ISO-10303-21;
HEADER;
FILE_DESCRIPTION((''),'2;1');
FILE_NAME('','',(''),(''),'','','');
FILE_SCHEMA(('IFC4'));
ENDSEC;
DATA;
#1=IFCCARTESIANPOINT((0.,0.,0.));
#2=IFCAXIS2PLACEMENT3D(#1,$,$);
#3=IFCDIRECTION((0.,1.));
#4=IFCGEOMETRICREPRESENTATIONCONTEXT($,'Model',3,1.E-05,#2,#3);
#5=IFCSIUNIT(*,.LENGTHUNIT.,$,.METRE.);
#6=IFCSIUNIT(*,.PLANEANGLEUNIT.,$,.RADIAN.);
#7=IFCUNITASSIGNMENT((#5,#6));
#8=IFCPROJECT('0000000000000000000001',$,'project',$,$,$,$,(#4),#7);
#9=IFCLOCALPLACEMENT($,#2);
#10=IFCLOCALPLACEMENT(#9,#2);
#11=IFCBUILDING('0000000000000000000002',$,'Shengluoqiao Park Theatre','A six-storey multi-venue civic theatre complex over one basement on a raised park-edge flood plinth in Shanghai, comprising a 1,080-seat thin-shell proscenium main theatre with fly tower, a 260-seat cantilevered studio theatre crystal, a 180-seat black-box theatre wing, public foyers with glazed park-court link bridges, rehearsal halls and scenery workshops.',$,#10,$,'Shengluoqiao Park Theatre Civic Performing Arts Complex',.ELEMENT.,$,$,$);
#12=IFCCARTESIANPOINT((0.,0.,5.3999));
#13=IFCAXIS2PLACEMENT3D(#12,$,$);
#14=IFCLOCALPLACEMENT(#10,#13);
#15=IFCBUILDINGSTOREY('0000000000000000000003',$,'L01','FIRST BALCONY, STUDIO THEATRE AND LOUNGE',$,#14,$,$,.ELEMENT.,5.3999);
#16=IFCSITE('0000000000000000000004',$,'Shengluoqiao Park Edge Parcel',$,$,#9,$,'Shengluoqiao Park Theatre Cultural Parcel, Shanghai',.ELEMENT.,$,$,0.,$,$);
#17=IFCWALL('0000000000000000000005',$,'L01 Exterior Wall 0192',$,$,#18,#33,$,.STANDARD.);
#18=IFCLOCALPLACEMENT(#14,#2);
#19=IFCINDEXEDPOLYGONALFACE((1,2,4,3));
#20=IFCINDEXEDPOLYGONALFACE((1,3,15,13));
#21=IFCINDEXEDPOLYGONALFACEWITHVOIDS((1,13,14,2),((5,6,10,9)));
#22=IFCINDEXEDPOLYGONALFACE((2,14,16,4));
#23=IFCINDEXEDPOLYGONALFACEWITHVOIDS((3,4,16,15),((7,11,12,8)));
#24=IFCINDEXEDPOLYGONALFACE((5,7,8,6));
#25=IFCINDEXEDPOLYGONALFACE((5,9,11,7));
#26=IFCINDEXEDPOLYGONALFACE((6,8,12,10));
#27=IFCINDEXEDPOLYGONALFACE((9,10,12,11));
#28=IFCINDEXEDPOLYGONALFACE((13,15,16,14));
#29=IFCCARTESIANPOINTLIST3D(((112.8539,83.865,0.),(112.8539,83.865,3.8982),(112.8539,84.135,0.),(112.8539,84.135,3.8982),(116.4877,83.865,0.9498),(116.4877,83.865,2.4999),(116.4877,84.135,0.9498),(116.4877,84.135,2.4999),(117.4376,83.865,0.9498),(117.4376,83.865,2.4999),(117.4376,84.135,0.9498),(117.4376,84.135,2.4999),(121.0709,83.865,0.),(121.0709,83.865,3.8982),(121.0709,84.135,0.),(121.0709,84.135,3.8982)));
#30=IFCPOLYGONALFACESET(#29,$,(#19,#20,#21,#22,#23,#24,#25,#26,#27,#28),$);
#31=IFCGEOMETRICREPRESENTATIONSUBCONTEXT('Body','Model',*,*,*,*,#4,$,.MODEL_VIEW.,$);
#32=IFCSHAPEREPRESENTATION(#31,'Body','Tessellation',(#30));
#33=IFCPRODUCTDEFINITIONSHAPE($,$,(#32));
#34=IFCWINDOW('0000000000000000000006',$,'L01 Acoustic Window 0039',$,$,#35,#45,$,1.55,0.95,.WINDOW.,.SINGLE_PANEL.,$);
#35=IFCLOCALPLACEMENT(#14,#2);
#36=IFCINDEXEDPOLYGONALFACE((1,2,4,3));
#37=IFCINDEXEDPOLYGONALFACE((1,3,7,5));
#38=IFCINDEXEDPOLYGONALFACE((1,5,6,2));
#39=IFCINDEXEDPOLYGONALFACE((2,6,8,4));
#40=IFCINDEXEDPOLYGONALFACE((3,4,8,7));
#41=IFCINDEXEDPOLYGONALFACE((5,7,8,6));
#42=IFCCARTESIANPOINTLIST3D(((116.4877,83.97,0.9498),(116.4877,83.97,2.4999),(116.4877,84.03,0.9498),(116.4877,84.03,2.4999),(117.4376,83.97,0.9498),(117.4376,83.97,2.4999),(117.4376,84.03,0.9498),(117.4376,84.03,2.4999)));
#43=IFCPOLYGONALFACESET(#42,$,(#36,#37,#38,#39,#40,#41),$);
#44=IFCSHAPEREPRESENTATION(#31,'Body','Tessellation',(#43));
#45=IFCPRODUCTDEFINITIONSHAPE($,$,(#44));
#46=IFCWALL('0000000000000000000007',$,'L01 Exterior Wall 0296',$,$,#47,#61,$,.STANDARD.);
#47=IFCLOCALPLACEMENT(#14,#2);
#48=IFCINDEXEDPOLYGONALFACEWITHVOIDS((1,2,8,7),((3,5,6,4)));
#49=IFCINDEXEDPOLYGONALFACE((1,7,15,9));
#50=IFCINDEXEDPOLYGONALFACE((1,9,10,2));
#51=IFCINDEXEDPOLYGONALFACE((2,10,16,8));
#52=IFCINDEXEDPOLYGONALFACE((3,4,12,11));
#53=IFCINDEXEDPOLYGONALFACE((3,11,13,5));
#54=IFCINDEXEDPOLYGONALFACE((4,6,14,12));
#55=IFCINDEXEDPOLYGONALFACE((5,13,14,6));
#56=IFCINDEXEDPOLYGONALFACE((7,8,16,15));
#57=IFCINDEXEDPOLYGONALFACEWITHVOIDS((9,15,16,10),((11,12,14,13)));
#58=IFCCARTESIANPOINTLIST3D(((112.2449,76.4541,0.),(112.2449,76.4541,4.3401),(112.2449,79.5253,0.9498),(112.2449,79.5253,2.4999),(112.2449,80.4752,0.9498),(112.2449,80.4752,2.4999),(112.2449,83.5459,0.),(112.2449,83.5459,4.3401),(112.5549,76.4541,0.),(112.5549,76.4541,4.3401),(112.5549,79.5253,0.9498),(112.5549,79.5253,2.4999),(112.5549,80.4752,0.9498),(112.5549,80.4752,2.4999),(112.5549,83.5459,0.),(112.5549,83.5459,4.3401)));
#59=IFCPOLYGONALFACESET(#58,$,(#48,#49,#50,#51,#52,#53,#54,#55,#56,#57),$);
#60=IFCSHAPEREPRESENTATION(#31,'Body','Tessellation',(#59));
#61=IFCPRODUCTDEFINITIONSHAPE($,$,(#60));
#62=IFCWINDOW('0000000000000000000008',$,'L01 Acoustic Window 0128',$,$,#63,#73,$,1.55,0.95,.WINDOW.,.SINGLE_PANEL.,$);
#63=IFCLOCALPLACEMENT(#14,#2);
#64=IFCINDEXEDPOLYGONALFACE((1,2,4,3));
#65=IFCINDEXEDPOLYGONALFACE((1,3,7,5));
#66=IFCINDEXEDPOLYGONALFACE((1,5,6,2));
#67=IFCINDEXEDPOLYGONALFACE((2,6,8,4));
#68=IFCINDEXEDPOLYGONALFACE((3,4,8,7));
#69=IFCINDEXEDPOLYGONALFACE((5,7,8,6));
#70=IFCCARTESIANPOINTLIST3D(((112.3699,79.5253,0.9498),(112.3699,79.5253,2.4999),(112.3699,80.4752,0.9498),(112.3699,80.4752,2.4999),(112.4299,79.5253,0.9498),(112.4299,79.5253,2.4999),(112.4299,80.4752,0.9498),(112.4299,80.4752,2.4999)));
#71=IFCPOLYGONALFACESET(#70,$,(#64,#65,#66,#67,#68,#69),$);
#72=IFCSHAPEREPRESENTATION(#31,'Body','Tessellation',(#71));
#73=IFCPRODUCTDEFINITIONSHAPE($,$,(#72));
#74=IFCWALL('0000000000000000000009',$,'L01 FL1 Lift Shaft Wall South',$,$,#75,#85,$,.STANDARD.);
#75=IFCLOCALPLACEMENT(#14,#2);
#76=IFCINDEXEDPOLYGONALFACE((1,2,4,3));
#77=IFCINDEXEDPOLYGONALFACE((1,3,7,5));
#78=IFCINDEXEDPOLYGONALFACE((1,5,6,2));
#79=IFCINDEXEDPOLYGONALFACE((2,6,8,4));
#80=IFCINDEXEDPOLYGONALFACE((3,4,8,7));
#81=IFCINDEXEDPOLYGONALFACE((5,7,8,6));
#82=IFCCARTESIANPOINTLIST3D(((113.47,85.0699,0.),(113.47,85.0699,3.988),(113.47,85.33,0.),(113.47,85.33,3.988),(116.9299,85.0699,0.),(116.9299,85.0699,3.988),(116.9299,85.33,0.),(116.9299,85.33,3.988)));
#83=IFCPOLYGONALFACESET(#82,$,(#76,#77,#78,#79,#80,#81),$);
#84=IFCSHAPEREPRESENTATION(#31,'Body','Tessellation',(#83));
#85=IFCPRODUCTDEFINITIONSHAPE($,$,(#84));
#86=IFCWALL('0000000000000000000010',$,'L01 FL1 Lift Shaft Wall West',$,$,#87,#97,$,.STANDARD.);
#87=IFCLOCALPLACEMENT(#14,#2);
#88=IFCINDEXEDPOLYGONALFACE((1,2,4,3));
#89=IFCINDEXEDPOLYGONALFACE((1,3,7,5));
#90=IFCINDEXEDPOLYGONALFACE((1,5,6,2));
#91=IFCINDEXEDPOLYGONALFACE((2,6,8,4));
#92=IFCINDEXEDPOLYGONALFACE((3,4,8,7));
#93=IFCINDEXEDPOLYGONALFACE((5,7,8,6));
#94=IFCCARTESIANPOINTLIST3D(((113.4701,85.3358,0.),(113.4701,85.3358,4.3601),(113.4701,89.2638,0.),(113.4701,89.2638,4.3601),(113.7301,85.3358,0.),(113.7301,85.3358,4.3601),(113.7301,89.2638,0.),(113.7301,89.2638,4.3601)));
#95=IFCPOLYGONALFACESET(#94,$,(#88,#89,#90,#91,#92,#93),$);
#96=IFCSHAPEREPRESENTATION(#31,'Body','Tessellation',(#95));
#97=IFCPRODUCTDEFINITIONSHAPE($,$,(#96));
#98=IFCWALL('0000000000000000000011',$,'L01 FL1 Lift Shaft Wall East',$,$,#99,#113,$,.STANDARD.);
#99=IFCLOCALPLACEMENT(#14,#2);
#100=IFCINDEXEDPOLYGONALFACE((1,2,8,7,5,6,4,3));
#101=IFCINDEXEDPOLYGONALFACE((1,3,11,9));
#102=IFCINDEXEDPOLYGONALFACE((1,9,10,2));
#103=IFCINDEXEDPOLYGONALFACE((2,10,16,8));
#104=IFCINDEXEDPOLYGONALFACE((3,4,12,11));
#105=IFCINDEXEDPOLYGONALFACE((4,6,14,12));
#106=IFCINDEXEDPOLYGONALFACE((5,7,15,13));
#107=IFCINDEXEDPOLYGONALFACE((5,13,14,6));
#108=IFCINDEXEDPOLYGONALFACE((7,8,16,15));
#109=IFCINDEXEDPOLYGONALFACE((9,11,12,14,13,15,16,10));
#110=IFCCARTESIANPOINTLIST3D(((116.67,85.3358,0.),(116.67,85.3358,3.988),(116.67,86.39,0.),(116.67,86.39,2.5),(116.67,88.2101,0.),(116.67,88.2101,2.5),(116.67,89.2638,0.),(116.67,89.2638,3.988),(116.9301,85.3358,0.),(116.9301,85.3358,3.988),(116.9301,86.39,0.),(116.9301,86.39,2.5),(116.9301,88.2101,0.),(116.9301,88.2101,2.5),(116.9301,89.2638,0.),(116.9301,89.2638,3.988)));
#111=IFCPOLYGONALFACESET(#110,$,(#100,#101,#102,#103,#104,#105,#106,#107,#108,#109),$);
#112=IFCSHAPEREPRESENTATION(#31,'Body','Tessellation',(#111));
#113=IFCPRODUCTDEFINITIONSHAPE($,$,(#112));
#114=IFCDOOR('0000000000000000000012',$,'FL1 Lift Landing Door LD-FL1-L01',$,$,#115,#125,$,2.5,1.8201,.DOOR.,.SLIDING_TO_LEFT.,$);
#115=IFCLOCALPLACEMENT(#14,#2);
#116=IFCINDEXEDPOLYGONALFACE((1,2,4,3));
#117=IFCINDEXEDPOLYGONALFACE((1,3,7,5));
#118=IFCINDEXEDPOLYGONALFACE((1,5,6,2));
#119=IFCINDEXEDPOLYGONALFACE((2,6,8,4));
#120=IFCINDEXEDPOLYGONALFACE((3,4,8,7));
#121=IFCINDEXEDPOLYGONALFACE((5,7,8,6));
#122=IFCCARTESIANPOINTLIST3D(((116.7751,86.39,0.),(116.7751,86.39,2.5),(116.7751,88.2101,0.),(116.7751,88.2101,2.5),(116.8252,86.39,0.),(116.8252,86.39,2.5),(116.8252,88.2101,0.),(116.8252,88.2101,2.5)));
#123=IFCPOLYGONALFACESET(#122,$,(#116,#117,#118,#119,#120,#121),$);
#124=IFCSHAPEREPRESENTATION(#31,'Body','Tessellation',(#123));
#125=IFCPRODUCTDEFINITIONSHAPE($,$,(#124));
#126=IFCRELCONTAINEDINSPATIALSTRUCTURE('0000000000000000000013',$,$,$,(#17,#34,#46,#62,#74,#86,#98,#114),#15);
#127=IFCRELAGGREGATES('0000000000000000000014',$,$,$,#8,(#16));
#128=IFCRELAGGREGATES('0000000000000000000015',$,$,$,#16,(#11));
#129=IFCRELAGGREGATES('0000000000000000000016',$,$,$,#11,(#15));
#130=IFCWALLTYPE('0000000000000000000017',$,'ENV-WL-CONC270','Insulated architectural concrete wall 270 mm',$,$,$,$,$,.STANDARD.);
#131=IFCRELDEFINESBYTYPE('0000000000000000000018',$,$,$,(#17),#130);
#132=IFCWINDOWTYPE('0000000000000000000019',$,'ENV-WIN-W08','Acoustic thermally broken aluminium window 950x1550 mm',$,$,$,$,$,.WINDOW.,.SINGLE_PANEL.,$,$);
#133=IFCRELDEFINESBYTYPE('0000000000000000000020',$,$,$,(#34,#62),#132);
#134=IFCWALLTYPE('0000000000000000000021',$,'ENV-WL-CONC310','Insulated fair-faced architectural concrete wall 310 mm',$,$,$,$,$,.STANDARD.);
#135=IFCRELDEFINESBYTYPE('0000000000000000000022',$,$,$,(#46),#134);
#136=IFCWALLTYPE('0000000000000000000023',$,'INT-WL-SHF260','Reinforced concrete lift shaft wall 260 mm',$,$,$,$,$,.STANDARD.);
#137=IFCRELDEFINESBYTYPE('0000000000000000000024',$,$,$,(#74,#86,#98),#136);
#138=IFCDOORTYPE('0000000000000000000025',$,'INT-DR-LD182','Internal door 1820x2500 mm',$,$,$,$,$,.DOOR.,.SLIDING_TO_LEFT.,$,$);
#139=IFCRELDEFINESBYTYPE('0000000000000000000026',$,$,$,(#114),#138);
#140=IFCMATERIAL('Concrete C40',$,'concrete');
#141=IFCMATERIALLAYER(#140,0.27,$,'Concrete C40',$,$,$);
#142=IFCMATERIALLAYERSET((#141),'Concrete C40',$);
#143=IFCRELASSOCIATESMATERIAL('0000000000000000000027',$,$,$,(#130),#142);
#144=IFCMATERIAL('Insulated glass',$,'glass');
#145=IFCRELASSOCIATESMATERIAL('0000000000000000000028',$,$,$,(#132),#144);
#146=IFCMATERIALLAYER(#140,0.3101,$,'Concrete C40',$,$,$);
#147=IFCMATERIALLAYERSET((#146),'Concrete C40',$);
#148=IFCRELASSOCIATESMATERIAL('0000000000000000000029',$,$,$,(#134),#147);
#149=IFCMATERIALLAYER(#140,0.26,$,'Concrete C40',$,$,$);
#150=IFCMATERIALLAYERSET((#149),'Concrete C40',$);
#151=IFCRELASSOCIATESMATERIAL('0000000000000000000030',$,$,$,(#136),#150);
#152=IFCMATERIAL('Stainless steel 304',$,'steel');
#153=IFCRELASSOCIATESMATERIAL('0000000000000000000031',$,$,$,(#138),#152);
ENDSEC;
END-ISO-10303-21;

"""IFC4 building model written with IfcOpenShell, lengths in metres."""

from ifc_helpers import new_model, si_unit, direction, frame, frame_2d, origin, place, context, subcontext, project, spatial, rectangle, extrude, material, layer, layer_set, type_object, element, fill, save


model = new_model("IFC4")

# Units and contexts
model_context = context("Model", 3, precision=1e-05, world=origin(), true_north=direction((0.0, 1.0)))
body_context = subcontext(model_context, "Body", "Model", "MODEL_VIEW")
ifc_project = project(units=[si_unit("LENGTHUNIT", "METRE"), si_unit("PLANEANGLEUNIT", "RADIAN")], contexts=[model_context])

# Site, building, storey
site_placement = place(None, origin())
site = spatial("IfcSite", under=ifc_project, at=site_placement, Name="Shengluoqiao Park Edge Parcel", LongName="Shengluoqiao Park Theatre Cultural Parcel, Shanghai", CompositionType="ELEMENT", RefElevation=0.0)
building_placement = place(site_placement, origin())
building = spatial("IfcBuilding", under=site, at=building_placement, Name="Shengluoqiao Park Theatre", Description="A six-storey multi-venue civic theatre complex over one basement on a raised park-edge flood plinth in Shanghai, comprising a 1,080-seat thin-shell proscenium main theatre with fly tower, a 260-seat cantilevered studio theatre crystal, a 180-seat black-box theatre wing, public foyers with glazed park-court link bridges, rehearsal halls and scenery workshops.", LongName="Shengluoqiao Park Theatre Civic Performing Arts Complex", CompositionType="ELEMENT")
storey_placement = place(building_placement, frame((0.0, 0.0, 5.3999)))
storey = spatial("IfcBuildingStorey", under=building, at=storey_placement, Name="L01", Description="FIRST BALCONY, STUDIO THEATRE AND LOUNGE", CompositionType="ELEMENT", Elevation=5.3999)

# Shared definitions
ifc_material_1 = material(Name="Insulated glass", Category="glass")

# Walls, openings, windows
ifc_material_2 = material(Name="Concrete C40", Category="concrete")
ifc_layer_1 = layer(ifc_material_2, 0.27, Name="Concrete C40")
ifc_layer_set_1 = layer_set([ifc_layer_1], Name="Concrete C40")
wall_type_1 = type_object("IfcWallType", Name="ENV-WL-CONC270", Description="Insulated architectural concrete wall 270 mm", PredefinedType="STANDARD", material=ifc_layer_set_1)
wall_1_placement = place(storey_placement, frame((112.854, 84.0, 0.0), z_axis=(0.0, 0.0, 1.0), x_axis=(1.0, 0.0, 0.0)))
wall_1 = element("IfcWall", 1, at=wall_1_placement, inside=storey, type_object=wall_type_1, Name="L01 Exterior Wall 0192", PredefinedType="STANDARD", context=body_context, shape_type="SweptSolid", body=[
    extrude(rectangle(XDim=8.217, YDim=0.27, at=frame_2d((4.1084, 0.0))), origin(), (0.0, 0.0, 1.0), 3.8982),
])
opening_1_placement = place(wall_1_placement, frame((3.6335, 0.0, 0.95)))
opening_1 = element("IfcOpeningElement", 2, at=opening_1_placement, cuts=wall_1, PredefinedType="OPENING", context=body_context, shape_type="SweptSolid", body=[
    extrude(rectangle(XDim=0.95, YDim=1.55, at=frame_2d((0.4751, 0.7749))), frame((0.0, 0.145, 0.0), z_axis=(0.0, -1.0, 0.0), x_axis=(1.0, 0.0, 0.0)), (0.0, 0.0, 1.0), 0.29),
])
window_type = type_object("IfcWindowType", Name="ENV-WIN-W08", Description="Acoustic thermally broken aluminium window 950x1550 mm", PartitioningType="SINGLE_PANEL", PredefinedType="WINDOW", material=ifc_material_1)
window_1_placement = place(opening_1_placement, origin())
window_1 = element("IfcWindow", 3, at=window_1_placement, inside=storey, type_object=window_type, Name="L01 Acoustic Window 0039", OverallHeight=1.55, OverallWidth=0.95, PartitioningType="SINGLE_PANEL", PredefinedType="WINDOW", context=body_context, shape_type="SweptSolid", body=[
    extrude(rectangle(XDim=0.95, YDim=1.55, at=frame_2d((0.4751, 0.7749))), frame((0.0, 0.03, 0.0), z_axis=(0.0, -1.0, 0.0), x_axis=(1.0, 0.0, 0.0)), (0.0, 0.0, 1.0), 0.0601),
])
fill(opening_1, window_1)
ifc_layer_2 = layer(ifc_material_2, 0.3101, Name="Concrete C40")
ifc_layer_set_2 = layer_set([ifc_layer_2], Name="Concrete C40")
wall_type_2 = type_object("IfcWallType", Name="ENV-WL-CONC310", Description="Insulated fair-faced architectural concrete wall 310 mm", PredefinedType="STANDARD", material=ifc_layer_set_2)
wall_2_placement = place(storey_placement, frame((112.3999, 76.4541, 0.0), z_axis=(0.0, 0.0, 1.0), x_axis=(0.0, 1.0, 0.0)))
wall_2 = element("IfcWall", 4, at=wall_2_placement, inside=storey, type_object=wall_type_2, Name="L01 Exterior Wall 0296", PredefinedType="STANDARD", context=body_context, shape_type="SweptSolid", body=[
    extrude(rectangle(XDim=7.0918, YDim=0.3101, at=frame_2d((3.5459, 0.0))), origin(), (0.0, 0.0, 1.0), 4.3401),
])
opening_2_placement = place(wall_2_placement, frame((3.071, 0.0, 0.95)))
opening_2 = element("IfcOpeningElement", 5, at=opening_2_placement, cuts=wall_2, PredefinedType="OPENING", context=body_context, shape_type="SweptSolid", body=[
    extrude(rectangle(XDim=0.95, YDim=1.55, at=frame_2d((0.4751, 0.7749))), frame((0.0, 0.165, 0.0), z_axis=(0.0, -1.0, 0.0), x_axis=(1.0, 0.0, 0.0)), (0.0, 0.0, 1.0), 0.3301),
])
window_2_placement = place(opening_2_placement, origin())
window_2 = element("IfcWindow", 6, at=window_2_placement, inside=storey, type_object=window_type, Name="L01 Acoustic Window 0128", OverallHeight=1.55, OverallWidth=0.95, PartitioningType="SINGLE_PANEL", PredefinedType="WINDOW", context=body_context, shape_type="SweptSolid", body=[
    extrude(rectangle(XDim=0.95, YDim=1.55, at=frame_2d((0.4751, 0.7749))), frame((0.0, 0.03, 0.0), z_axis=(0.0, -1.0, 0.0), x_axis=(1.0, 0.0, 0.0)), (0.0, 0.0, 1.0), 0.0601),
])
fill(opening_2, window_2)

# Walls
ifc_layer_3 = layer(ifc_material_2, 0.26, Name="Concrete C40")
ifc_layer_set_3 = layer_set([ifc_layer_3], Name="Concrete C40")
wall_type_3 = type_object("IfcWallType", Name="INT-WL-SHF260", Description="Reinforced concrete lift shaft wall 260 mm", PredefinedType="STANDARD", material=ifc_layer_set_3)
wall_3_placement = place(storey_placement, frame((113.47, 85.2, 0.0), z_axis=(0.0, 0.0, 1.0), x_axis=(1.0, 0.0, 0.0)))
element("IfcWall", 7, at=wall_3_placement, inside=storey, type_object=wall_type_3, Name="L01 FL1 Lift Shaft Wall South", PredefinedType="STANDARD", context=body_context, shape_type="SweptSolid", body=[
    extrude(rectangle(XDim=3.46, YDim=0.26, at=frame_2d((1.73, 0.0))), origin(), (0.0, 0.0, 1.0), 3.988),
])
wall_4_placement = place(storey_placement, frame((113.6001, 85.3359, 0.0), z_axis=(0.0, 0.0, 1.0), x_axis=(0.0, 1.0, 0.0)))
element("IfcWall", 8, at=wall_4_placement, inside=storey, type_object=wall_type_3, Name="L01 FL1 Lift Shaft Wall West", PredefinedType="STANDARD", context=body_context, shape_type="SweptSolid", body=[
    extrude(rectangle(XDim=3.928, YDim=0.26, at=frame_2d((1.9639, 0.0))), origin(), (0.0, 0.0, 1.0), 4.3601),
])

# Wall, opening, door
wall_5_placement = place(storey_placement, frame((116.8, 85.3359, 0.0), z_axis=(0.0, 0.0, 1.0), x_axis=(0.0, 1.0, 0.0)))
wall_5 = element("IfcWall", 9, at=wall_5_placement, inside=storey, type_object=wall_type_3, Name="L01 FL1 Lift Shaft Wall East", PredefinedType="STANDARD", context=body_context, shape_type="SweptSolid", body=[
    extrude(rectangle(XDim=3.928, YDim=0.26, at=frame_2d((1.9639, 0.0))), origin(), (0.0, 0.0, 1.0), 3.988),
])
opening_3_placement = place(wall_5_placement, frame((1.054, 0.0, 0.0)))
opening_3 = element("IfcOpeningElement", 10, at=opening_3_placement, cuts=wall_5, PredefinedType="OPENING", context=body_context, shape_type="SweptSolid", body=[
    extrude(rectangle(XDim=1.8201, YDim=2.5, at=frame_2d((0.9102, 1.25))), frame((0.0, 0.1399, 0.0), z_axis=(0.0, -1.0, 0.0), x_axis=(1.0, 0.0, 0.0)), (0.0, 0.0, 1.0), 0.28),
])
ifc_material_3 = material(Name="Stainless steel 304", Category="steel")
door_type = type_object("IfcDoorType", Name="INT-DR-LD182", Description="Internal door 1820x2500 mm", OperationType="SLIDING_TO_LEFT", PredefinedType="DOOR", material=ifc_material_3)
door_placement = place(opening_3_placement, origin())
door = element("IfcDoor", 11, at=door_placement, inside=storey, type_object=door_type, Name="FL1 Lift Landing Door LD-FL1-L01", OperationType="SLIDING_TO_LEFT", OverallHeight=2.5, OverallWidth=1.8201, PredefinedType="DOOR", context=body_context, shape_type="SweptSolid", body=[
    extrude(rectangle(XDim=1.8201, YDim=2.5, at=frame_2d((0.9102, 1.25))), frame((0.0, 0.0249, 0.0), z_axis=(0.0, -1.0, 0.0), x_axis=(1.0, 0.0, 0.0)), (0.0, 0.0, 1.0), 0.05),
])
fill(opening_3, door)

save(model, "model.ifc")
